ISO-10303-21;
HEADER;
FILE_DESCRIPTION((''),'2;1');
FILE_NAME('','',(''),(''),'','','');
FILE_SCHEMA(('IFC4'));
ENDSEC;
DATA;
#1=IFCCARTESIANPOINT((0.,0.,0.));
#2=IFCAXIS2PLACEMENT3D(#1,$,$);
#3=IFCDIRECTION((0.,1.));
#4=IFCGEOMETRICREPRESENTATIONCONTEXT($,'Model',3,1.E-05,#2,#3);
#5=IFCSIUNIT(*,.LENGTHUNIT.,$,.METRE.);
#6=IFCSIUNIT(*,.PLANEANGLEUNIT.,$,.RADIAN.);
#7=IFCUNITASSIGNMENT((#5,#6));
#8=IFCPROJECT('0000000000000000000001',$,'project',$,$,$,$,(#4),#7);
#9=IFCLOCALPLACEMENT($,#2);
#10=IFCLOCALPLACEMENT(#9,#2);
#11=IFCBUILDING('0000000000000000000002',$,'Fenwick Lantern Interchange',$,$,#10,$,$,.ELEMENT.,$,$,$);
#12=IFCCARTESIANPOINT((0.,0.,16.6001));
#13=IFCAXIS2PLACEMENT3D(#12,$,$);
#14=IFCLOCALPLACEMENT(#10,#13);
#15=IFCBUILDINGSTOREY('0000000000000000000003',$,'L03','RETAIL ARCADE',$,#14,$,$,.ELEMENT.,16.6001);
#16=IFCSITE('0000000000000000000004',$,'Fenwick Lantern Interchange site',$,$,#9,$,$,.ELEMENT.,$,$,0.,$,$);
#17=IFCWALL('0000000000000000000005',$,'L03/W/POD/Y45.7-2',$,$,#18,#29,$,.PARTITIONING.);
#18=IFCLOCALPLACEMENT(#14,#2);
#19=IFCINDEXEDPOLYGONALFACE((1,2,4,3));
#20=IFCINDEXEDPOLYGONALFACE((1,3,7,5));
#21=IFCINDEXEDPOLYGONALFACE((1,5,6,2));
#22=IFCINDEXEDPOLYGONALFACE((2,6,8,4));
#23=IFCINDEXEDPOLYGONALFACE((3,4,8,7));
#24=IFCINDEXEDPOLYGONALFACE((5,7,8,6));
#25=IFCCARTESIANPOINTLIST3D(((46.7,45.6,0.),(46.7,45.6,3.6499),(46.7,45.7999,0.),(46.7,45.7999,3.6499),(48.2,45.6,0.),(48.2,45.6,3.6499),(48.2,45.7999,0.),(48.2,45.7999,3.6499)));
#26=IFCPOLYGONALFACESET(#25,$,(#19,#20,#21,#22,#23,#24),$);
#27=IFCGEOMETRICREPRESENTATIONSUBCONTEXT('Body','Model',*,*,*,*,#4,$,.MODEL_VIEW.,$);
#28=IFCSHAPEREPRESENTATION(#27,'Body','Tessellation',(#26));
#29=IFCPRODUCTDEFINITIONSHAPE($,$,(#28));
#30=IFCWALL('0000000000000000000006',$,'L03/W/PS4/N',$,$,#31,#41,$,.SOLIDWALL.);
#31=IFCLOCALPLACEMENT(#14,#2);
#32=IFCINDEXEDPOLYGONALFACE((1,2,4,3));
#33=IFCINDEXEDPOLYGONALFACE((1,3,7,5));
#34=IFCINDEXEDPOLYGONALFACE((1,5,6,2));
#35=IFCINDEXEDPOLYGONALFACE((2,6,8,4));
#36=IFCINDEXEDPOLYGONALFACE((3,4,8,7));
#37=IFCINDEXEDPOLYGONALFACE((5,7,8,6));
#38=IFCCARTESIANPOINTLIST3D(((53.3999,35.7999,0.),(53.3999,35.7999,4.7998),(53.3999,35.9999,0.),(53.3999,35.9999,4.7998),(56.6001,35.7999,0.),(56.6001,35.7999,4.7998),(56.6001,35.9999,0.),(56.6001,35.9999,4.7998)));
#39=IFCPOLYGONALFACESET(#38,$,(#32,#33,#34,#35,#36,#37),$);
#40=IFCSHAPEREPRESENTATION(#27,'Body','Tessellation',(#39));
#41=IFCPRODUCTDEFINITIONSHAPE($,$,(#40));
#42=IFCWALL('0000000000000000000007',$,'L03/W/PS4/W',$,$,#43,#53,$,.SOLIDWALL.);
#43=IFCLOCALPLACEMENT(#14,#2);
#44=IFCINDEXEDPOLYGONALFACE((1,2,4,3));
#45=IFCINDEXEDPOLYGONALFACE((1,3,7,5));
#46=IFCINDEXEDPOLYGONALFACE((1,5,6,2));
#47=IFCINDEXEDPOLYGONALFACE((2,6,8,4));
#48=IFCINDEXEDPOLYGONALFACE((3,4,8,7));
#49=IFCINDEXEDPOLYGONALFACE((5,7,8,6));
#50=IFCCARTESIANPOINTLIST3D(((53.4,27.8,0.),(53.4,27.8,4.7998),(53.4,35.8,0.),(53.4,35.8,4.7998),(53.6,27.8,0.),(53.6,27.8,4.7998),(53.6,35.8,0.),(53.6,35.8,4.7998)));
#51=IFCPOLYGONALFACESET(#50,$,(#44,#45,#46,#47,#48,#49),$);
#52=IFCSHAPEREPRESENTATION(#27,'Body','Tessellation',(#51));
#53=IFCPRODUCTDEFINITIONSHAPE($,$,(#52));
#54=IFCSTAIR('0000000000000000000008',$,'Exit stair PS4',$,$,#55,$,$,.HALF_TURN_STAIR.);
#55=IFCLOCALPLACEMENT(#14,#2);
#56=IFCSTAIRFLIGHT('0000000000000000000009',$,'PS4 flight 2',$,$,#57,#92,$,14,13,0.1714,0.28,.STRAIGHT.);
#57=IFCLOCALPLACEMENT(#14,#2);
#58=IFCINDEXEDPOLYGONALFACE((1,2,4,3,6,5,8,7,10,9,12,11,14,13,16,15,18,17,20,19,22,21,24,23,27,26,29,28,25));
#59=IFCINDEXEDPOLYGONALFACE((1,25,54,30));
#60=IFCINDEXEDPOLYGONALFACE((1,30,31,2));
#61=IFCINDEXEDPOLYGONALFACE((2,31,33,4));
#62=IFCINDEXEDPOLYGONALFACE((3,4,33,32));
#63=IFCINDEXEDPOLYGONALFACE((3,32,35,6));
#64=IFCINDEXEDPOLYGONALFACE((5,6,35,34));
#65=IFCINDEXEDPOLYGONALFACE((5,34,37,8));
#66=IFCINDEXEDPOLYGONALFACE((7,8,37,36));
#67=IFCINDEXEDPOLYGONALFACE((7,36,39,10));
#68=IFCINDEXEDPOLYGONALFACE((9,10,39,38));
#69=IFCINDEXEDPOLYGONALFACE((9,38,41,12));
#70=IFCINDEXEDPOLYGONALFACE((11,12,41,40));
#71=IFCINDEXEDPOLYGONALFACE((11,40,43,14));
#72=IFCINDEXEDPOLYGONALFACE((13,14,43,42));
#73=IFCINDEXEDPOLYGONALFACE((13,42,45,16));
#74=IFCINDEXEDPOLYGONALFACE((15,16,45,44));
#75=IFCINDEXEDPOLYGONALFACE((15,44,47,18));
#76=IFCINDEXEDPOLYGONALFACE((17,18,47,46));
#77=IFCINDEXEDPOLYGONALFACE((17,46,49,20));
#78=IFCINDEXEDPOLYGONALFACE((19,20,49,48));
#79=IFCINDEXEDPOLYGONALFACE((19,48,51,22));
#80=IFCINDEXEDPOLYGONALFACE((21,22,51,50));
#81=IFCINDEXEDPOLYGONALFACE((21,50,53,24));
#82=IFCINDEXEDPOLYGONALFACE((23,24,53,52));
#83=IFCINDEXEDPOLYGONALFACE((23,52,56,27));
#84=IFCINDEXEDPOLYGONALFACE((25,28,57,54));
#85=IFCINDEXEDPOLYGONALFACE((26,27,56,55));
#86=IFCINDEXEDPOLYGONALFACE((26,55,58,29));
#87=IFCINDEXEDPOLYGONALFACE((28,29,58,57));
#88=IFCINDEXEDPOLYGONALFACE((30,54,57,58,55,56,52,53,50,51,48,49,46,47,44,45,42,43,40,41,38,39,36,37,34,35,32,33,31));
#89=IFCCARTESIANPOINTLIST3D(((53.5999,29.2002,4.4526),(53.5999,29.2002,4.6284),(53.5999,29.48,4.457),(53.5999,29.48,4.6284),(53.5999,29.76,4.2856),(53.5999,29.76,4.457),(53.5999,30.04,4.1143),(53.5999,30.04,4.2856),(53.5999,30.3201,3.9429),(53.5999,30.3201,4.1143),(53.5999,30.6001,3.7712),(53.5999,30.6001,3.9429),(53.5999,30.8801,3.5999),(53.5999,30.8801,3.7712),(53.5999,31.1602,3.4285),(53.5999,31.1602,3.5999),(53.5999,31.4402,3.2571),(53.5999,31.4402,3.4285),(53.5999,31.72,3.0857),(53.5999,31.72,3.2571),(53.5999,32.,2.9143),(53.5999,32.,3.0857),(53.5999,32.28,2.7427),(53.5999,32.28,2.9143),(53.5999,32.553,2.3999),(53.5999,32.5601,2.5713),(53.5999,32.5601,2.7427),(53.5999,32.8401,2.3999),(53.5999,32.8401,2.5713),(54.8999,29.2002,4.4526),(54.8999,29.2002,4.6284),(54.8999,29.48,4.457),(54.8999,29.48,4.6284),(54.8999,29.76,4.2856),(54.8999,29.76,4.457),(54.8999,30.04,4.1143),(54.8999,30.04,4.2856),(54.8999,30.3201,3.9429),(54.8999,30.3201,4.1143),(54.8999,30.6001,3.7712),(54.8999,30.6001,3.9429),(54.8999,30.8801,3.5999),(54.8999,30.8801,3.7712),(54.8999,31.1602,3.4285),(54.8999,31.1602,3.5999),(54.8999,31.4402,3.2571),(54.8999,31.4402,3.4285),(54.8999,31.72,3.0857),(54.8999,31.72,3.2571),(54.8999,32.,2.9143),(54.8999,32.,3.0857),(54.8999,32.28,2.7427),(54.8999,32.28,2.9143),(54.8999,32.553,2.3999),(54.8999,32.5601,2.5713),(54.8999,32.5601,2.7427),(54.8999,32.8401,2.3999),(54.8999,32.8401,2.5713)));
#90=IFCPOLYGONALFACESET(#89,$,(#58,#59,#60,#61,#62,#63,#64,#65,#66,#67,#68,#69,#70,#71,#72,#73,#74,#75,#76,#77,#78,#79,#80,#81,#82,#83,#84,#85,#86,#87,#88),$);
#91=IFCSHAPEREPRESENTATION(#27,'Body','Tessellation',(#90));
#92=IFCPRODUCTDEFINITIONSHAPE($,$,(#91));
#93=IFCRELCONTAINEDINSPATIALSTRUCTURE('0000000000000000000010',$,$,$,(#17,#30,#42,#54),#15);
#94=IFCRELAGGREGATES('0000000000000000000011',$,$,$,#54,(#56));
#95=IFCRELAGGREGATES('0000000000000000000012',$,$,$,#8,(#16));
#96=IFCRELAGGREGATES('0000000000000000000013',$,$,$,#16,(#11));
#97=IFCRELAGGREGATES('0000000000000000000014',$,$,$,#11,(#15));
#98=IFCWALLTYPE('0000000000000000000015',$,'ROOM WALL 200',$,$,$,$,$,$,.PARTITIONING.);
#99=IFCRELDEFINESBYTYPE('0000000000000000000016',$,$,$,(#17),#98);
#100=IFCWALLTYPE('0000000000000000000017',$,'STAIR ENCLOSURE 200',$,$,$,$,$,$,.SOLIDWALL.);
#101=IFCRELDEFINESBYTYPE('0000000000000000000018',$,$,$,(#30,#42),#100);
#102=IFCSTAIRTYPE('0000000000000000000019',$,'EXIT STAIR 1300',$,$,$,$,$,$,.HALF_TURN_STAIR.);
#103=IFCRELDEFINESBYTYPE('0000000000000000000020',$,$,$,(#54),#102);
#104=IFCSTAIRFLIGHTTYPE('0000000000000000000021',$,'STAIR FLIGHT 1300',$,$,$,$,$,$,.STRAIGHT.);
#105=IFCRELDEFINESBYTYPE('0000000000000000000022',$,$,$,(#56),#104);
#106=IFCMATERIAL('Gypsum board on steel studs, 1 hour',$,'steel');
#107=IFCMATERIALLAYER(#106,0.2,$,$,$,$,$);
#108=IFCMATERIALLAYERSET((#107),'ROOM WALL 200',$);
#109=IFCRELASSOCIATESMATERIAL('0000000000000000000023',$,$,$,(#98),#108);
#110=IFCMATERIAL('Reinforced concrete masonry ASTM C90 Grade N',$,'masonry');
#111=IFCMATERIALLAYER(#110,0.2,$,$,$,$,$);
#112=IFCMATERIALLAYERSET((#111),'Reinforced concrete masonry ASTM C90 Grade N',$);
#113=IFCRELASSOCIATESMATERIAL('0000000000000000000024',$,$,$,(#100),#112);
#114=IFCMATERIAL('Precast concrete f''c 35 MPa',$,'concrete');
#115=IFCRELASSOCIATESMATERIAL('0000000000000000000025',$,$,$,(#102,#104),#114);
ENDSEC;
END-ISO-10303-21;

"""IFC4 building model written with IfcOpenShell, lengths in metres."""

from ifc_helpers import new_model, si_unit, direction, frame, frame_2d, origin, place, context, subcontext, project, spatial, polyline, rectangle, outline, extrude, material, layer, layer_set, type_object, element, aggregate, save


model = new_model("IFC4")

# Units and contexts
model_context = context("Model", 3, precision=1e-05, world=origin(), true_north=direction((0.0, 1.0)))
body_context = subcontext(model_context, "Body", "Model", "MODEL_VIEW")
ifc_project = project(units=[si_unit("LENGTHUNIT", "METRE"), si_unit("PLANEANGLEUNIT", "RADIAN")], contexts=[model_context])

# Site, building, storey
site_placement = place(None, origin())
site = spatial("IfcSite", under=ifc_project, at=site_placement, Name="Fenwick Lantern Interchange site", CompositionType="ELEMENT", RefElevation=0.0)
building_placement = place(site_placement, origin())
building = spatial("IfcBuilding", under=site, at=building_placement, Name="Fenwick Lantern Interchange", CompositionType="ELEMENT")
storey_placement = place(building_placement, frame((0.0, 0.0, 16.6001)))
storey = spatial("IfcBuildingStorey", under=building, at=storey_placement, Name="L03", Description="RETAIL ARCADE", CompositionType="ELEMENT", Elevation=16.6001)

# Shared definitions
ifc_material_1 = material(Name="Gypsum board on steel studs, 1 hour", Category="steel")
ifc_layer_1 = layer(ifc_material_1, 0.2)
ifc_layer_set_1 = layer_set([ifc_layer_1], Name="ROOM WALL 200")
wall_type_1 = type_object("IfcWallType", Name="ROOM WALL 200", PredefinedType="PARTITIONING", material=ifc_layer_set_1)

# Walls
wall_1_placement = place(storey_placement, frame((46.7, 45.7, 0.0), z_axis=(0.0, 0.0, 1.0), x_axis=(1.0, 0.0, 0.0)))
element("IfcWall", 1, at=wall_1_placement, inside=storey, type_object=wall_type_1, Name="L03/W/POD/Y45.7-2", PredefinedType="PARTITIONING", context=body_context, shape_type="SweptSolid", body=[
    extrude(rectangle(XDim=1.5, YDim=0.2, at=frame_2d((0.75, 0.0))), origin(), (0.0, 0.0, 1.0), 3.6499),
])
ifc_material_2 = material(Name="Reinforced concrete masonry ASTM C90 Grade N", Category="masonry")
ifc_layer_2 = layer(ifc_material_2, 0.2)
ifc_layer_set_2 = layer_set([ifc_layer_2], Name="Reinforced concrete masonry ASTM C90 Grade N")
wall_type_2 = type_object("IfcWallType", Name="STAIR ENCLOSURE 200", PredefinedType="SOLIDWALL", material=ifc_layer_set_2)
wall_2_placement = place(storey_placement, frame((56.6001, 35.8999, 0.0), z_axis=(0.0, 0.0, 1.0), x_axis=(-1.0, 0.0, 0.0)))
element("IfcWall", 2, at=wall_2_placement, inside=storey, type_object=wall_type_2, Name="L03/W/PS4/N", PredefinedType="SOLIDWALL", context=body_context, shape_type="SweptSolid", body=[
    extrude(rectangle(XDim=3.2002, YDim=0.2, at=frame_2d((1.6001, 0.0))), origin(), (0.0, 0.0, 1.0), 4.7998),
])
wall_3_placement = place(storey_placement, frame((53.5, 35.8, 0.0), z_axis=(0.0, 0.0, 1.0), x_axis=(0.0, -1.0, 0.0)))
element("IfcWall", 3, at=wall_3_placement, inside=storey, type_object=wall_type_2, Name="L03/W/PS4/W", PredefinedType="SOLIDWALL", context=body_context, shape_type="SweptSolid", body=[
    extrude(rectangle(XDim=8.0, YDim=0.2, at=frame_2d((4.0, 0.0))), origin(), (0.0, 0.0, 1.0), 4.7998),
])

# Stair, stair flight
ifc_material_3 = material(Name="Precast concrete f'c 35 MPa", Category="concrete")
stair_type = type_object("IfcStairType", Name="EXIT STAIR 1300", PredefinedType="HALF_TURN_STAIR", material=ifc_material_3)
stair_placement = place(storey_placement, origin())
stair = element("IfcStair", 4, at=stair_placement, inside=storey, type_object=stair_type, Name="Exit stair PS4", PredefinedType="HALF_TURN_STAIR")
stair_flight_type = type_object("IfcStairFlightType", Name="STAIR FLIGHT 1300", PredefinedType="STRAIGHT", material=ifc_material_3)
stair_flight_placement = place(storey_placement, frame((54.25, 32.8401, 2.3999), z_axis=(0.0, 0.0, 1.0), x_axis=(0.0, -1.0, 0.0)))
stair_flight = element("IfcStairFlight", 5, at=stair_flight_placement, type_object=stair_flight_type, Name="PS4 flight 2", NumberOfRisers=14, NumberOfTreads=13, PredefinedType="STRAIGHT", RiserHeight=0.1714, TreadLength=0.28, context=body_context, shape_type="SweptSolid", body=[
    extrude(outline(polyline([(0.0, 0.0), (0.0, 0.1714), (0.28, 0.1714), (0.28, 0.3428), (0.5601, 0.3428), (0.5601, 0.5144), (0.8401, 0.5144), (0.8401, 0.6858), (1.1201, 0.6858), (1.1201, 0.8572), (1.3999, 0.8572), (1.3999, 1.0286), (1.6799, 1.0286), (1.6799, 1.2), (1.96, 1.2), (1.96, 1.3713), (2.24, 1.3713), (2.24, 1.543), (2.52, 1.543), (2.52, 1.7144), (2.8, 1.7144), (2.8, 1.8857), (3.0801, 1.8857), (3.0801, 2.0571), (3.3601, 2.0571), (3.3601, 2.2285), (3.6399, 2.2285), (3.6399, 2.3999), (3.6399, 2.0527), (0.2871, 0.0), (0.0, 0.0)])), frame((0.0, 0.6499, 0.0), z_axis=(0.0, -1.0, 0.0), x_axis=(1.0, 0.0, 0.0)), (0.0, 0.0, 1.0), 1.3),
])
aggregate(stair, [stair_flight])

save(model, "model.ifc")
